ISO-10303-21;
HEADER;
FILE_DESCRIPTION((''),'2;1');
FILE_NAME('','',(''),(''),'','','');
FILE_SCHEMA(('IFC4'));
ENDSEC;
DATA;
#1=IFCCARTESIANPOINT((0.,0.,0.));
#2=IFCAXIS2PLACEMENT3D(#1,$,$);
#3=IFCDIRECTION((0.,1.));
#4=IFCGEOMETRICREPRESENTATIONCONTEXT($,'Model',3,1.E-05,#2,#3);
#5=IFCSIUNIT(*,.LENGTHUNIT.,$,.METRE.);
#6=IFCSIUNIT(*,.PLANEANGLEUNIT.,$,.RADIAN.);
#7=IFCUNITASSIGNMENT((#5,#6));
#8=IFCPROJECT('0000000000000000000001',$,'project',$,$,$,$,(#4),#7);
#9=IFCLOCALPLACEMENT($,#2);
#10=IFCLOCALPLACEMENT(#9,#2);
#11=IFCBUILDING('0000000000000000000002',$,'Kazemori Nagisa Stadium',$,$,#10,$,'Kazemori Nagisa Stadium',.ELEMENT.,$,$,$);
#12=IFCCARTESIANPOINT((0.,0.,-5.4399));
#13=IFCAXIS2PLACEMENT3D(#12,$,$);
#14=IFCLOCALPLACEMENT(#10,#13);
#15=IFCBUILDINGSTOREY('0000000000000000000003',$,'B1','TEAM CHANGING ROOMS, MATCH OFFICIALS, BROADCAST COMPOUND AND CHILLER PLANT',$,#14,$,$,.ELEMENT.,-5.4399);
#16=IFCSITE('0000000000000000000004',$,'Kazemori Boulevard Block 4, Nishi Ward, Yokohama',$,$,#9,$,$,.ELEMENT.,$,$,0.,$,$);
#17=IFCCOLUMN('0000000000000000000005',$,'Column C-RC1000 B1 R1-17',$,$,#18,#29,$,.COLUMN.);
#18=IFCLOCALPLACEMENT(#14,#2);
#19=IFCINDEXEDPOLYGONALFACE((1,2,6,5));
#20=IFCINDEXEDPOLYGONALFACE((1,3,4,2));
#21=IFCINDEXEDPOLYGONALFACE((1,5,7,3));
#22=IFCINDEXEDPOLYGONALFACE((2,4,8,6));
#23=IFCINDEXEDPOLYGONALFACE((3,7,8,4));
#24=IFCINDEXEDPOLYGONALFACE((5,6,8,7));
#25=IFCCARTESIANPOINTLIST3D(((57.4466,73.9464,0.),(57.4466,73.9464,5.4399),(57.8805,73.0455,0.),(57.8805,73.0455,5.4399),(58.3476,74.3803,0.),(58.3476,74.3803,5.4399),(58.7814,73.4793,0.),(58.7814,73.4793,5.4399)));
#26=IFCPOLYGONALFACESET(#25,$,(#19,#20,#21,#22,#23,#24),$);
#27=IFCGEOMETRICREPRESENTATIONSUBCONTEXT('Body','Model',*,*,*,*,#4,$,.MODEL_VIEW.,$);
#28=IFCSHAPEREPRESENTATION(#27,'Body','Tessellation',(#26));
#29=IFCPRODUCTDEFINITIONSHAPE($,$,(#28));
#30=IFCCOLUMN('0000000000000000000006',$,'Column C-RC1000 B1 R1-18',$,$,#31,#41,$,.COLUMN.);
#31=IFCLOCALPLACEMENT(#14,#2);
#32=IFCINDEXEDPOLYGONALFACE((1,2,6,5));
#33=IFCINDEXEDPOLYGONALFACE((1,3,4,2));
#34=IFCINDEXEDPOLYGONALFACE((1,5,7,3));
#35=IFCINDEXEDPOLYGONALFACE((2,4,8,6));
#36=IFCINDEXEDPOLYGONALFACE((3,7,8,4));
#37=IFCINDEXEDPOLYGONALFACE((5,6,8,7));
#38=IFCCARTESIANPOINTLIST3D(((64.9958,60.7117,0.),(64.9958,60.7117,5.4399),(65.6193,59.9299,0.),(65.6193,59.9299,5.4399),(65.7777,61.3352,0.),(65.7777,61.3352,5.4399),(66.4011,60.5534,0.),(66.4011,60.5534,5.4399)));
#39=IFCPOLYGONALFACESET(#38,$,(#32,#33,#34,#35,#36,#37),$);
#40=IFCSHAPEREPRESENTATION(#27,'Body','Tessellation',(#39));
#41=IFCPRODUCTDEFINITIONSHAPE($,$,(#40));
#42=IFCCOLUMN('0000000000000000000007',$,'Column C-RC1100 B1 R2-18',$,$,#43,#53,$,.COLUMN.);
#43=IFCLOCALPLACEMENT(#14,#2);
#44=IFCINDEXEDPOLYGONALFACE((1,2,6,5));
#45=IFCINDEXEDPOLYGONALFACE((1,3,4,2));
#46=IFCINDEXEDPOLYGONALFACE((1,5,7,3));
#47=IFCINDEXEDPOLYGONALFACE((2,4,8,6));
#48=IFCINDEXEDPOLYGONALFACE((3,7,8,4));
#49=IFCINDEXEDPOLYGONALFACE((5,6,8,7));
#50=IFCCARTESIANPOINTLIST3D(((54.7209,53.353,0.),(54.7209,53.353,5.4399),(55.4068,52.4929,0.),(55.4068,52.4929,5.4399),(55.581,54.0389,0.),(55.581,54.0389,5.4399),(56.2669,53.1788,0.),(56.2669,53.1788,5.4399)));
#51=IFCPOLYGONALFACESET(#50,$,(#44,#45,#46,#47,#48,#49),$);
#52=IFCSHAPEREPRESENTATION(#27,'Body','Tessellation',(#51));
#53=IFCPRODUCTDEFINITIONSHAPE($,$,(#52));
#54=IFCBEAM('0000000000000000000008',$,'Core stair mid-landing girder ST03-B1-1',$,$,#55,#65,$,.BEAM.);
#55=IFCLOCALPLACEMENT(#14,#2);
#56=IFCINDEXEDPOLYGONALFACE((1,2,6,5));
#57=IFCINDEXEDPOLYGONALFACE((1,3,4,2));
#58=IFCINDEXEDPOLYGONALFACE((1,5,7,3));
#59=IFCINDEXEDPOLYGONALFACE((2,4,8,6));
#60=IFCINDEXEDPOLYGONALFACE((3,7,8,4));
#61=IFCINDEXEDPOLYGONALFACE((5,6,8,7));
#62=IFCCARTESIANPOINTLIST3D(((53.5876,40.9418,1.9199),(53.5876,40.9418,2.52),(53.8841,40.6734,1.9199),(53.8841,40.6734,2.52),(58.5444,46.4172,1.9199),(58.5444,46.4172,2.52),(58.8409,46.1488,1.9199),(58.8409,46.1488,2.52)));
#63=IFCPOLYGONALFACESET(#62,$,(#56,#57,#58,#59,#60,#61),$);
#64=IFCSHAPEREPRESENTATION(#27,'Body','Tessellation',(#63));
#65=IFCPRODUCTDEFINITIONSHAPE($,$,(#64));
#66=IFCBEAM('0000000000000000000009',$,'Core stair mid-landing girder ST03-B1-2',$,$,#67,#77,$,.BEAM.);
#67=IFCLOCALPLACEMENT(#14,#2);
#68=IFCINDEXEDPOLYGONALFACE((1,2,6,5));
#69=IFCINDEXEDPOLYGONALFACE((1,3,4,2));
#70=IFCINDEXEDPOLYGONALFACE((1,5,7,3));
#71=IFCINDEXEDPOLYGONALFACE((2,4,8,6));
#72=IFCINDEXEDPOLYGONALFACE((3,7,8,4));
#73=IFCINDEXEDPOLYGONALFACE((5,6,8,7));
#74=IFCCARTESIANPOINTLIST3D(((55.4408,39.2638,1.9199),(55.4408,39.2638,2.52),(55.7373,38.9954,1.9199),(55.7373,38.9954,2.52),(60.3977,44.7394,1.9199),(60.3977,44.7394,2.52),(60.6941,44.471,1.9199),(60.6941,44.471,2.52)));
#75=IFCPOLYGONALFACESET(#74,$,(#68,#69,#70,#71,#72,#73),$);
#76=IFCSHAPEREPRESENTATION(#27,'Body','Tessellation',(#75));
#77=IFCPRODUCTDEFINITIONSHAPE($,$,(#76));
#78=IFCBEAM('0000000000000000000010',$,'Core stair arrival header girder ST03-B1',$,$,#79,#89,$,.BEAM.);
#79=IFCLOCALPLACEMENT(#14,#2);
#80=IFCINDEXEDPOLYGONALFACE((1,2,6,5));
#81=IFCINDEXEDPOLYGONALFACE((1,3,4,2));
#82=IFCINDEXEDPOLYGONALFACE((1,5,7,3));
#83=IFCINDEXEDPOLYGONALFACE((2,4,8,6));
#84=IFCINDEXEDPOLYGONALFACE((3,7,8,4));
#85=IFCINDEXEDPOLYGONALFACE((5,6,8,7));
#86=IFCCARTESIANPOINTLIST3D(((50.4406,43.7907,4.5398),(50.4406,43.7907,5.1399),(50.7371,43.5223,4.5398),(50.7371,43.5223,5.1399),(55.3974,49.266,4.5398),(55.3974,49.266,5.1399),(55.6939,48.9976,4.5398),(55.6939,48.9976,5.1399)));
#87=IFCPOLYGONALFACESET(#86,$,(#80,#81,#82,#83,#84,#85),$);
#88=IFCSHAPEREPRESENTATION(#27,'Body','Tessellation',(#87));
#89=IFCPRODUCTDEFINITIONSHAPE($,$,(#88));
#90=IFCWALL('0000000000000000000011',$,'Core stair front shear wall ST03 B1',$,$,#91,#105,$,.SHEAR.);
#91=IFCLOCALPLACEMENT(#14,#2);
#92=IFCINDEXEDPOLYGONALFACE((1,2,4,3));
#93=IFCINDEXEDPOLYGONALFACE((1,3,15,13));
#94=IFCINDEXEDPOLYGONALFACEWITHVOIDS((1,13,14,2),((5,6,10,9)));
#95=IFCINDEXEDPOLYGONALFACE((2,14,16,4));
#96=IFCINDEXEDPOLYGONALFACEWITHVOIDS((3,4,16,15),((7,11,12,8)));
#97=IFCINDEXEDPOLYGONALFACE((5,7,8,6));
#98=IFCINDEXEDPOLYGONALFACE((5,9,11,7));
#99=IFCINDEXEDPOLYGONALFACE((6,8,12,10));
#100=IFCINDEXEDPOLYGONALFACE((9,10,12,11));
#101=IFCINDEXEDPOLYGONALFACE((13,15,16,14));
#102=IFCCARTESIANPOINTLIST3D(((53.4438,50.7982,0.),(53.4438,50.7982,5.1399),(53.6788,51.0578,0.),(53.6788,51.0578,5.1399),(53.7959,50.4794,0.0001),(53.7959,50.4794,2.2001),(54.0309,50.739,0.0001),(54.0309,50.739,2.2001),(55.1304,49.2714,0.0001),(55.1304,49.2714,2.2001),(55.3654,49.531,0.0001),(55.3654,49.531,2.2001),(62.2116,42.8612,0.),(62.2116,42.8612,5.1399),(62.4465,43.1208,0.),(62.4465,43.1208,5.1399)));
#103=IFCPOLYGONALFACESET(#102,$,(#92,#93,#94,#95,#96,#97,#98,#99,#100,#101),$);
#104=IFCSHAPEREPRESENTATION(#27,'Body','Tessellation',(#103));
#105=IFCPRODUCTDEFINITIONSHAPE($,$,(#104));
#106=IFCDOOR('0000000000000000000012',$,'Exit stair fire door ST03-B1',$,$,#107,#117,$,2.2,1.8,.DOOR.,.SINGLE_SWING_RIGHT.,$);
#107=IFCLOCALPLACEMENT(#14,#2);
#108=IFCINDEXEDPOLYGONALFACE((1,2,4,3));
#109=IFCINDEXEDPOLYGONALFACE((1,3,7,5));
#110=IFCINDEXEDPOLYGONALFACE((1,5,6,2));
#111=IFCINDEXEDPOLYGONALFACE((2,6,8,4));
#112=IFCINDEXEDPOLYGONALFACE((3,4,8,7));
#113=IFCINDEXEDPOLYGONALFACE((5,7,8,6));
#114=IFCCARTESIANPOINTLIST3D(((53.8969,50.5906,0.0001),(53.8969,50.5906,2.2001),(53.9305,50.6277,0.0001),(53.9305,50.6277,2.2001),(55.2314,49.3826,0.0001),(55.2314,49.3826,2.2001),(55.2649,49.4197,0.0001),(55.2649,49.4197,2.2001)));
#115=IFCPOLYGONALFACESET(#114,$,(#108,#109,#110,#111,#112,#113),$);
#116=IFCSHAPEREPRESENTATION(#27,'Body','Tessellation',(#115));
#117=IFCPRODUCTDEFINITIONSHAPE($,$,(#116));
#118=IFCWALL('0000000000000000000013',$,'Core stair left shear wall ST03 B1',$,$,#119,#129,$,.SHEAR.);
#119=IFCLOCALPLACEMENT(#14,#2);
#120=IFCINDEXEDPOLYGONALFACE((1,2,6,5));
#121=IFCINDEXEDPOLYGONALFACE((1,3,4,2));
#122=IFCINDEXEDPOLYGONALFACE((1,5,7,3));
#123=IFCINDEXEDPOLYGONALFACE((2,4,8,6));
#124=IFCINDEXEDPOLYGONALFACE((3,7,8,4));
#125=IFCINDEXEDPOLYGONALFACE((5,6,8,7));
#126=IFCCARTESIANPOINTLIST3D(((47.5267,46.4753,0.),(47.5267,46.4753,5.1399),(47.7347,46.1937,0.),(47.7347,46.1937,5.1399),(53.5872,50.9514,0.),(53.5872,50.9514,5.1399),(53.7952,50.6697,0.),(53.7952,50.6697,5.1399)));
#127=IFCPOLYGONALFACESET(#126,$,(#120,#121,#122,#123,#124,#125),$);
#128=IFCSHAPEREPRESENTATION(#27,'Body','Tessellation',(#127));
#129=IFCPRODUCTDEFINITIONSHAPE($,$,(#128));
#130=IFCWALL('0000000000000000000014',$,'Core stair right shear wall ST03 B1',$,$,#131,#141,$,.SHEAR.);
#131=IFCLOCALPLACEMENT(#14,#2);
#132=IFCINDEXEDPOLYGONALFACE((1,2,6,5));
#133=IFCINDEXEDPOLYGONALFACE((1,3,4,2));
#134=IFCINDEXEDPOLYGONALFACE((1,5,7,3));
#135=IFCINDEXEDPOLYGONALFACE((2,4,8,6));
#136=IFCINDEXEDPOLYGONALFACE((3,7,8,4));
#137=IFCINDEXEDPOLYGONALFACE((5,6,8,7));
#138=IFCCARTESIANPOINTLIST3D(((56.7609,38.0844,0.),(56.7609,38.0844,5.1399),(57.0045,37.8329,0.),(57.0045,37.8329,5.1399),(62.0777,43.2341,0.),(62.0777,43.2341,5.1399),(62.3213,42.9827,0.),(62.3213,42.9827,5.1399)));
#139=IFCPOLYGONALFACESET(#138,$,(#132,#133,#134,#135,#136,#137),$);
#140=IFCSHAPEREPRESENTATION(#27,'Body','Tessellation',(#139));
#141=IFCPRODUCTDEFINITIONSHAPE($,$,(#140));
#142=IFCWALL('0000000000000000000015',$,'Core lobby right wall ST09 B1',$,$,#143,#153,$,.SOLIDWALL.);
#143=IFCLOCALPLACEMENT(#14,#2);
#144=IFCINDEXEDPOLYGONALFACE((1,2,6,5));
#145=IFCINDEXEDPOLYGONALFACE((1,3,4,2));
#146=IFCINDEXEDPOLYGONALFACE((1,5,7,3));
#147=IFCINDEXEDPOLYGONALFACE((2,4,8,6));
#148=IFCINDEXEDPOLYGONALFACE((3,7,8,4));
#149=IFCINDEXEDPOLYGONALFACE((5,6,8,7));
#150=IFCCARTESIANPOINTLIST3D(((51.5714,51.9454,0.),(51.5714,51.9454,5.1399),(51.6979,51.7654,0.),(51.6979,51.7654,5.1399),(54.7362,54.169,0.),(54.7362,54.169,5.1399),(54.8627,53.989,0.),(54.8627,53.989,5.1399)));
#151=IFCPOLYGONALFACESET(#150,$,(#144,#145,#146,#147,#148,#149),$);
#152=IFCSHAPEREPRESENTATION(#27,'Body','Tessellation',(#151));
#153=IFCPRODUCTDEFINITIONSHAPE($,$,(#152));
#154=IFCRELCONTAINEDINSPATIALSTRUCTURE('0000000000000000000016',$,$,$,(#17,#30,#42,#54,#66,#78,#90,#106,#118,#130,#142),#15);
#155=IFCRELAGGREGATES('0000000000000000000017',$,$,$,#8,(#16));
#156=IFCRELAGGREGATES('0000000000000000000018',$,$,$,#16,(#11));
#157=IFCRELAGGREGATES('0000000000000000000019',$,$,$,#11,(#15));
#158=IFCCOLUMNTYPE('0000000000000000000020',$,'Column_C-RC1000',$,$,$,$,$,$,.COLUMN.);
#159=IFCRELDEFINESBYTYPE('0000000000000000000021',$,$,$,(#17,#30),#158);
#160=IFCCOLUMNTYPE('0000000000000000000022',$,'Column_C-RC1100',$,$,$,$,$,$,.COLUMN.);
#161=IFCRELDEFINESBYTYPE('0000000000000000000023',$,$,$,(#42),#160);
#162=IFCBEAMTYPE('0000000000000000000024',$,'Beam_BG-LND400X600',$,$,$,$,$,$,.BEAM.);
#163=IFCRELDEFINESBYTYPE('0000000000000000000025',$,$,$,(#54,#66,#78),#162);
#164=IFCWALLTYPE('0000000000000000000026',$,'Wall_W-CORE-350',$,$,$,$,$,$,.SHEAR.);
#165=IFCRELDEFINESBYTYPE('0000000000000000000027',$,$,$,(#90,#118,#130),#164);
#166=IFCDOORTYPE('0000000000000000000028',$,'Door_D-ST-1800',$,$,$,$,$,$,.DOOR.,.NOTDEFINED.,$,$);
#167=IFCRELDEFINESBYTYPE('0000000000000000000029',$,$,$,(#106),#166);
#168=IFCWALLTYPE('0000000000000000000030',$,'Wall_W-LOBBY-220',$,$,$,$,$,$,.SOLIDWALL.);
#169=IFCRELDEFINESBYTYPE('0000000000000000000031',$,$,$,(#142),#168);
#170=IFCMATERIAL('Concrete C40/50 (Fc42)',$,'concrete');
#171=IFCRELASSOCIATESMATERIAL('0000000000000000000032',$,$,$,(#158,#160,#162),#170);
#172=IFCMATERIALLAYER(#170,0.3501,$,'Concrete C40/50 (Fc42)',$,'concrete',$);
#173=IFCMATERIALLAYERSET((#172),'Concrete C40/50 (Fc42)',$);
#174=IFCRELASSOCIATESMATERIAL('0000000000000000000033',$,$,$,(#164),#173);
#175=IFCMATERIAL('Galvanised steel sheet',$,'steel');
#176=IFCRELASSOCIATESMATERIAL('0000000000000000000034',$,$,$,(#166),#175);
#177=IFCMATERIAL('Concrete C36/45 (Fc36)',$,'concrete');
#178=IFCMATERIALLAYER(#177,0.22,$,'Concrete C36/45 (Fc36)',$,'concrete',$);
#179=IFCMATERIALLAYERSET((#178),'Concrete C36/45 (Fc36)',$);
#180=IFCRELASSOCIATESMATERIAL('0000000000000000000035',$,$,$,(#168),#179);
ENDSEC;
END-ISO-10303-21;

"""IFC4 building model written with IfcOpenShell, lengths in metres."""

from ifc_helpers import new_model, si_unit, direction, frame, frame_2d, origin, origin_2d, place, context, subcontext, project, spatial, rectangle, extrude, material, layer, layer_set, material_profile, profile_set, type_object, element, fill, save


model = new_model("IFC4")

# Units and contexts
model_context = context("Model", 3, precision=1e-05, world=origin(), true_north=direction((0.0, 1.0)))
body_context = subcontext(model_context, "Body", "Model", "MODEL_VIEW")
ifc_project = project(units=[si_unit("LENGTHUNIT", "METRE"), si_unit("PLANEANGLEUNIT", "RADIAN")], contexts=[model_context])

# Site, building, storey
site_placement = place(None, origin())
site = spatial("IfcSite", under=ifc_project, at=site_placement, Name="Kazemori Boulevard Block 4, Nishi Ward, Yokohama", CompositionType="ELEMENT", RefElevation=0.0)
building_placement = place(site_placement, origin())
building = spatial("IfcBuilding", under=site, at=building_placement, Name="Kazemori Nagisa Stadium", LongName="Kazemori Nagisa Stadium", CompositionType="ELEMENT")
storey_placement = place(building_placement, frame((0.0, 0.0, -5.4399)))
storey = spatial("IfcBuildingStorey", under=building, at=storey_placement, Name="B1", Description="TEAM CHANGING ROOMS, MATCH OFFICIALS, BROADCAST COMPOUND AND CHILLER PLANT", CompositionType="ELEMENT", Elevation=-5.4399)

# Shared definitions
ifc_material_1 = material(Name="Concrete C40/50 (Fc42)", Category="concrete")

# Shared definitions
ifc_material_2 = material(Name="Concrete C36/45 (Fc36)", Category="concrete")

# Columns
ifc_material_profile_1 = material_profile(ifc_material_1, rectangle(XDim=1.0, YDim=1.0, at=origin_2d()), Name="RC-COL-1000x1000")
ifc_profile_set_1 = profile_set([ifc_material_profile_1], Name="Concrete C40/50 (Fc42)")
column_type_1 = type_object("IfcColumnType", Name="Column_C-RC1000", PredefinedType="COLUMN", material=ifc_profile_set_1)
for number, where, z_axis, x_axis, name in (
    (1, (58.114, 73.7129, 0.0), (0.0, 0.0, 1.0), (-0.900969, -0.433884, 0.0), "Column C-RC1000 B1 R1-17"),
    (2, (65.6985, 60.6326, 0.0), (0.0, 0.0, 1.0), (-0.781831, -0.62349, 0.0), "Column C-RC1000 B1 R1-18"),
):
    element("IfcColumn", number, at=place(storey_placement, frame(where, z_axis=z_axis, x_axis=x_axis)), inside=storey, type_object=column_type_1, Name=name, PredefinedType="COLUMN", context=body_context, shape_type="SweptSolid", body=[
        extrude(rectangle(XDim=1.0, YDim=1.0, at=origin_2d()), origin(), (0.0, 0.0, 1.0), 5.4399),
    ])
ifc_material_profile_2 = material_profile(ifc_material_1, rectangle(XDim=1.1001, YDim=1.1001, at=origin_2d()), Name="RC-COL-1100x1100")
ifc_profile_set_2 = profile_set([ifc_material_profile_2], Name="Concrete C40/50 (Fc42)")
column_type_2 = type_object("IfcColumnType", Name="Column_C-RC1100", PredefinedType="COLUMN", material=ifc_profile_set_2)
column_placement = place(storey_placement, frame((55.4939, 53.2659, 0.0), z_axis=(0.0, 0.0, 1.0), x_axis=(-0.781831, -0.62349, 0.0)))
element("IfcColumn", 3, at=column_placement, inside=storey, type_object=column_type_2, Name="Column C-RC1100 B1 R2-18", PredefinedType="COLUMN", context=body_context, shape_type="SweptSolid", body=[
    extrude(rectangle(XDim=1.1001, YDim=1.1001, at=origin_2d()), origin(), (0.0, 0.0, 1.0), 5.4399),
])

# Beams
ifc_material_profile_3 = material_profile(ifc_material_1, rectangle(XDim=0.3999, YDim=0.6001, at=origin_2d()), Name="RC-BM-400x600")
ifc_profile_set_3 = profile_set([ifc_material_profile_3], Name="Concrete C40/50 (Fc42)")
beam_type = type_object("IfcBeamType", Name="Beam_BG-LND400X600", PredefinedType="BEAM", material=ifc_profile_set_3)
beam_1_placement = place(storey_placement, frame((58.6926, 46.283, 2.22), z_axis=(-0.67113, -0.74134, 0.0), x_axis=(0.74134, -0.67113, 0.0)))
element("IfcBeam", 4, at=beam_1_placement, inside=storey, type_object=beam_type, Name="Core stair mid-landing girder ST03-B1-1", PredefinedType="BEAM", context=body_context, shape_type="SweptSolid", body=[
    extrude(rectangle(XDim=0.3999, YDim=0.6001, at=origin_2d()), origin(), (0.0, 0.0, 1.0), 7.3857),
])
beam_2_placement = place(storey_placement, frame((60.5459, 44.6052, 2.22), z_axis=(-0.671113, -0.741355, 0.0), x_axis=(0.741355, -0.671113, 0.0)))
element("IfcBeam", 5, at=beam_2_placement, inside=storey, type_object=beam_type, Name="Core stair mid-landing girder ST03-B1-2", PredefinedType="BEAM", context=body_context, shape_type="SweptSolid", body=[
    extrude(rectangle(XDim=0.3999, YDim=0.6001, at=origin_2d()), origin(), (0.0, 0.0, 1.0), 7.386),
])
beam_3_placement = place(storey_placement, frame((55.5457, 49.1318, 4.8398), z_axis=(-0.67113, -0.74134, 0.0), x_axis=(0.74134, -0.67113, 0.0)))
element("IfcBeam", 6, at=beam_3_placement, inside=storey, type_object=beam_type, Name="Core stair arrival header girder ST03-B1", PredefinedType="BEAM", context=body_context, shape_type="SweptSolid", body=[
    extrude(rectangle(XDim=0.3999, YDim=0.6001, at=origin_2d()), origin(), (0.0, 0.0, 1.0), 7.3857),
])

# Wall, opening, door
ifc_layer_1 = layer(ifc_material_1, 0.3501, Name="Concrete C40/50 (Fc42)", Category="concrete")
ifc_layer_set_1 = layer_set([ifc_layer_1], Name="Concrete C40/50 (Fc42)")
wall_type_1 = type_object("IfcWallType", Name="Wall_W-CORE-350", PredefinedType="SHEAR", material=ifc_layer_set_1)
wall_1_placement = place(storey_placement, frame((53.5613, 50.928, 0.0), z_axis=(0.0, 0.0, 1.0), x_axis=(0.741358, -0.67111, 0.0)))
wall_1 = element("IfcWall", 7, at=wall_1_placement, inside=storey, type_object=wall_type_1, Name="Core stair front shear wall ST03 B1", PredefinedType="SHEAR", context=body_context, shape_type="SweptSolid", body=[
    extrude(rectangle(XDim=11.8267, YDim=0.3501, at=frame_2d((5.9133, 0.0))), origin(), (0.0, 0.0, 1.0), 5.1399),
])
opening_1_placement = place(wall_1_placement, frame((0.4751, 0.0, 0.0)))
opening_1 = element("IfcOpeningElement", 8, at=opening_1_placement, cuts=wall_1, PredefinedType="OPENING", context=body_context, shape_type="SweptSolid", body=[
    extrude(rectangle(XDim=1.8, YDim=2.2, at=frame_2d((0.8999, 1.1001))), frame((0.0, 0.1851, 0.0), z_axis=(0.0, -1.0, 0.0), x_axis=(1.0, 0.0, 0.0)), (0.0, 0.0, 1.0), 0.3701),
])
ifc_material_3 = material(Name="Galvanised steel sheet", Category="steel")
door_type_1 = type_object("IfcDoorType", Name="Door_D-ST-1800", OperationType="NOTDEFINED", PredefinedType="DOOR", material=ifc_material_3)
door_1_placement = place(opening_1_placement, frame((1.8, 0.0, 0.0), z_axis=(0.0, 0.0, 1.0), x_axis=(-1.0, 0.0, 0.0)))
door_1 = element("IfcDoor", 9, at=door_1_placement, inside=storey, type_object=door_type_1, Name="Exit stair fire door ST03-B1", OperationType="SINGLE_SWING_RIGHT", OverallHeight=2.2, OverallWidth=1.8, PredefinedType="DOOR", context=body_context, shape_type="SweptSolid", body=[
    extrude(rectangle(XDim=1.8, YDim=2.2, at=frame_2d((0.8999, 1.1001))), frame((0.0, 0.0249, 0.0), z_axis=(0.0, -1.0, 0.0), x_axis=(1.0, 0.0, 0.0)), (0.0, 0.0, 1.0), 0.05),
])
fill(opening_1, door_1)

# Walls
wall_2_placement = place(storey_placement, frame((53.6912, 50.8105, 0.0), z_axis=(0.0, 0.0, 1.0), x_axis=(-0.804396, -0.594094, 0.0)))
element("IfcWall", 10, at=wall_2_placement, inside=storey, type_object=wall_type_1, Name="Core stair left shear wall ST03 B1", PredefinedType="SHEAR", context=body_context, shape_type="SweptSolid", body=[
    extrude(rectangle(XDim=7.5342, YDim=0.3501, at=frame_2d((3.7671, 0.0))), origin(), (0.0, 0.0, 1.0), 5.1399),
])
wall_3_placement = place(storey_placement, frame((62.1995, 43.1084, 0.0), z_axis=(0.0, 0.0, 1.0), x_axis=(-0.718297, -0.695736, 0.0)))
element("IfcWall", 11, at=wall_3_placement, inside=storey, type_object=wall_type_1, Name="Core stair right shear wall ST03 B1", PredefinedType="SHEAR", context=body_context, shape_type="SweptSolid", body=[
    extrude(rectangle(XDim=7.4019, YDim=0.3501, at=frame_2d((3.7009, 0.0))), origin(), (0.0, 0.0, 1.0), 5.1399),
])
ifc_layer_2 = layer(ifc_material_2, 0.22, Name="Concrete C36/45 (Fc36)", Category="concrete")
ifc_layer_set_2 = layer_set([ifc_layer_2], Name="Concrete C36/45 (Fc36)")
wall_type_2 = type_object("IfcWallType", Name="Wall_W-LOBBY-220", PredefinedType="SOLIDWALL", material=ifc_layer_set_2)
wall_4_placement = place(storey_placement, frame((54.7996, 54.0791, 0.0), z_axis=(0.0, 0.0, 1.0), x_axis=(-0.818225, -0.574898, 0.0)))
element("IfcWall", 12, at=wall_4_placement, inside=storey, type_object=wall_type_2, Name="Core lobby right wall ST09 B1", PredefinedType="SOLIDWALL", context=body_context, shape_type="SweptSolid", body=[
    extrude(rectangle(XDim=3.8679, YDim=0.22, at=frame_2d((1.9341, 0.0))), origin(), (0.0, 0.0, 1.0), 5.1399),
])

save(model, "model.ifc")
